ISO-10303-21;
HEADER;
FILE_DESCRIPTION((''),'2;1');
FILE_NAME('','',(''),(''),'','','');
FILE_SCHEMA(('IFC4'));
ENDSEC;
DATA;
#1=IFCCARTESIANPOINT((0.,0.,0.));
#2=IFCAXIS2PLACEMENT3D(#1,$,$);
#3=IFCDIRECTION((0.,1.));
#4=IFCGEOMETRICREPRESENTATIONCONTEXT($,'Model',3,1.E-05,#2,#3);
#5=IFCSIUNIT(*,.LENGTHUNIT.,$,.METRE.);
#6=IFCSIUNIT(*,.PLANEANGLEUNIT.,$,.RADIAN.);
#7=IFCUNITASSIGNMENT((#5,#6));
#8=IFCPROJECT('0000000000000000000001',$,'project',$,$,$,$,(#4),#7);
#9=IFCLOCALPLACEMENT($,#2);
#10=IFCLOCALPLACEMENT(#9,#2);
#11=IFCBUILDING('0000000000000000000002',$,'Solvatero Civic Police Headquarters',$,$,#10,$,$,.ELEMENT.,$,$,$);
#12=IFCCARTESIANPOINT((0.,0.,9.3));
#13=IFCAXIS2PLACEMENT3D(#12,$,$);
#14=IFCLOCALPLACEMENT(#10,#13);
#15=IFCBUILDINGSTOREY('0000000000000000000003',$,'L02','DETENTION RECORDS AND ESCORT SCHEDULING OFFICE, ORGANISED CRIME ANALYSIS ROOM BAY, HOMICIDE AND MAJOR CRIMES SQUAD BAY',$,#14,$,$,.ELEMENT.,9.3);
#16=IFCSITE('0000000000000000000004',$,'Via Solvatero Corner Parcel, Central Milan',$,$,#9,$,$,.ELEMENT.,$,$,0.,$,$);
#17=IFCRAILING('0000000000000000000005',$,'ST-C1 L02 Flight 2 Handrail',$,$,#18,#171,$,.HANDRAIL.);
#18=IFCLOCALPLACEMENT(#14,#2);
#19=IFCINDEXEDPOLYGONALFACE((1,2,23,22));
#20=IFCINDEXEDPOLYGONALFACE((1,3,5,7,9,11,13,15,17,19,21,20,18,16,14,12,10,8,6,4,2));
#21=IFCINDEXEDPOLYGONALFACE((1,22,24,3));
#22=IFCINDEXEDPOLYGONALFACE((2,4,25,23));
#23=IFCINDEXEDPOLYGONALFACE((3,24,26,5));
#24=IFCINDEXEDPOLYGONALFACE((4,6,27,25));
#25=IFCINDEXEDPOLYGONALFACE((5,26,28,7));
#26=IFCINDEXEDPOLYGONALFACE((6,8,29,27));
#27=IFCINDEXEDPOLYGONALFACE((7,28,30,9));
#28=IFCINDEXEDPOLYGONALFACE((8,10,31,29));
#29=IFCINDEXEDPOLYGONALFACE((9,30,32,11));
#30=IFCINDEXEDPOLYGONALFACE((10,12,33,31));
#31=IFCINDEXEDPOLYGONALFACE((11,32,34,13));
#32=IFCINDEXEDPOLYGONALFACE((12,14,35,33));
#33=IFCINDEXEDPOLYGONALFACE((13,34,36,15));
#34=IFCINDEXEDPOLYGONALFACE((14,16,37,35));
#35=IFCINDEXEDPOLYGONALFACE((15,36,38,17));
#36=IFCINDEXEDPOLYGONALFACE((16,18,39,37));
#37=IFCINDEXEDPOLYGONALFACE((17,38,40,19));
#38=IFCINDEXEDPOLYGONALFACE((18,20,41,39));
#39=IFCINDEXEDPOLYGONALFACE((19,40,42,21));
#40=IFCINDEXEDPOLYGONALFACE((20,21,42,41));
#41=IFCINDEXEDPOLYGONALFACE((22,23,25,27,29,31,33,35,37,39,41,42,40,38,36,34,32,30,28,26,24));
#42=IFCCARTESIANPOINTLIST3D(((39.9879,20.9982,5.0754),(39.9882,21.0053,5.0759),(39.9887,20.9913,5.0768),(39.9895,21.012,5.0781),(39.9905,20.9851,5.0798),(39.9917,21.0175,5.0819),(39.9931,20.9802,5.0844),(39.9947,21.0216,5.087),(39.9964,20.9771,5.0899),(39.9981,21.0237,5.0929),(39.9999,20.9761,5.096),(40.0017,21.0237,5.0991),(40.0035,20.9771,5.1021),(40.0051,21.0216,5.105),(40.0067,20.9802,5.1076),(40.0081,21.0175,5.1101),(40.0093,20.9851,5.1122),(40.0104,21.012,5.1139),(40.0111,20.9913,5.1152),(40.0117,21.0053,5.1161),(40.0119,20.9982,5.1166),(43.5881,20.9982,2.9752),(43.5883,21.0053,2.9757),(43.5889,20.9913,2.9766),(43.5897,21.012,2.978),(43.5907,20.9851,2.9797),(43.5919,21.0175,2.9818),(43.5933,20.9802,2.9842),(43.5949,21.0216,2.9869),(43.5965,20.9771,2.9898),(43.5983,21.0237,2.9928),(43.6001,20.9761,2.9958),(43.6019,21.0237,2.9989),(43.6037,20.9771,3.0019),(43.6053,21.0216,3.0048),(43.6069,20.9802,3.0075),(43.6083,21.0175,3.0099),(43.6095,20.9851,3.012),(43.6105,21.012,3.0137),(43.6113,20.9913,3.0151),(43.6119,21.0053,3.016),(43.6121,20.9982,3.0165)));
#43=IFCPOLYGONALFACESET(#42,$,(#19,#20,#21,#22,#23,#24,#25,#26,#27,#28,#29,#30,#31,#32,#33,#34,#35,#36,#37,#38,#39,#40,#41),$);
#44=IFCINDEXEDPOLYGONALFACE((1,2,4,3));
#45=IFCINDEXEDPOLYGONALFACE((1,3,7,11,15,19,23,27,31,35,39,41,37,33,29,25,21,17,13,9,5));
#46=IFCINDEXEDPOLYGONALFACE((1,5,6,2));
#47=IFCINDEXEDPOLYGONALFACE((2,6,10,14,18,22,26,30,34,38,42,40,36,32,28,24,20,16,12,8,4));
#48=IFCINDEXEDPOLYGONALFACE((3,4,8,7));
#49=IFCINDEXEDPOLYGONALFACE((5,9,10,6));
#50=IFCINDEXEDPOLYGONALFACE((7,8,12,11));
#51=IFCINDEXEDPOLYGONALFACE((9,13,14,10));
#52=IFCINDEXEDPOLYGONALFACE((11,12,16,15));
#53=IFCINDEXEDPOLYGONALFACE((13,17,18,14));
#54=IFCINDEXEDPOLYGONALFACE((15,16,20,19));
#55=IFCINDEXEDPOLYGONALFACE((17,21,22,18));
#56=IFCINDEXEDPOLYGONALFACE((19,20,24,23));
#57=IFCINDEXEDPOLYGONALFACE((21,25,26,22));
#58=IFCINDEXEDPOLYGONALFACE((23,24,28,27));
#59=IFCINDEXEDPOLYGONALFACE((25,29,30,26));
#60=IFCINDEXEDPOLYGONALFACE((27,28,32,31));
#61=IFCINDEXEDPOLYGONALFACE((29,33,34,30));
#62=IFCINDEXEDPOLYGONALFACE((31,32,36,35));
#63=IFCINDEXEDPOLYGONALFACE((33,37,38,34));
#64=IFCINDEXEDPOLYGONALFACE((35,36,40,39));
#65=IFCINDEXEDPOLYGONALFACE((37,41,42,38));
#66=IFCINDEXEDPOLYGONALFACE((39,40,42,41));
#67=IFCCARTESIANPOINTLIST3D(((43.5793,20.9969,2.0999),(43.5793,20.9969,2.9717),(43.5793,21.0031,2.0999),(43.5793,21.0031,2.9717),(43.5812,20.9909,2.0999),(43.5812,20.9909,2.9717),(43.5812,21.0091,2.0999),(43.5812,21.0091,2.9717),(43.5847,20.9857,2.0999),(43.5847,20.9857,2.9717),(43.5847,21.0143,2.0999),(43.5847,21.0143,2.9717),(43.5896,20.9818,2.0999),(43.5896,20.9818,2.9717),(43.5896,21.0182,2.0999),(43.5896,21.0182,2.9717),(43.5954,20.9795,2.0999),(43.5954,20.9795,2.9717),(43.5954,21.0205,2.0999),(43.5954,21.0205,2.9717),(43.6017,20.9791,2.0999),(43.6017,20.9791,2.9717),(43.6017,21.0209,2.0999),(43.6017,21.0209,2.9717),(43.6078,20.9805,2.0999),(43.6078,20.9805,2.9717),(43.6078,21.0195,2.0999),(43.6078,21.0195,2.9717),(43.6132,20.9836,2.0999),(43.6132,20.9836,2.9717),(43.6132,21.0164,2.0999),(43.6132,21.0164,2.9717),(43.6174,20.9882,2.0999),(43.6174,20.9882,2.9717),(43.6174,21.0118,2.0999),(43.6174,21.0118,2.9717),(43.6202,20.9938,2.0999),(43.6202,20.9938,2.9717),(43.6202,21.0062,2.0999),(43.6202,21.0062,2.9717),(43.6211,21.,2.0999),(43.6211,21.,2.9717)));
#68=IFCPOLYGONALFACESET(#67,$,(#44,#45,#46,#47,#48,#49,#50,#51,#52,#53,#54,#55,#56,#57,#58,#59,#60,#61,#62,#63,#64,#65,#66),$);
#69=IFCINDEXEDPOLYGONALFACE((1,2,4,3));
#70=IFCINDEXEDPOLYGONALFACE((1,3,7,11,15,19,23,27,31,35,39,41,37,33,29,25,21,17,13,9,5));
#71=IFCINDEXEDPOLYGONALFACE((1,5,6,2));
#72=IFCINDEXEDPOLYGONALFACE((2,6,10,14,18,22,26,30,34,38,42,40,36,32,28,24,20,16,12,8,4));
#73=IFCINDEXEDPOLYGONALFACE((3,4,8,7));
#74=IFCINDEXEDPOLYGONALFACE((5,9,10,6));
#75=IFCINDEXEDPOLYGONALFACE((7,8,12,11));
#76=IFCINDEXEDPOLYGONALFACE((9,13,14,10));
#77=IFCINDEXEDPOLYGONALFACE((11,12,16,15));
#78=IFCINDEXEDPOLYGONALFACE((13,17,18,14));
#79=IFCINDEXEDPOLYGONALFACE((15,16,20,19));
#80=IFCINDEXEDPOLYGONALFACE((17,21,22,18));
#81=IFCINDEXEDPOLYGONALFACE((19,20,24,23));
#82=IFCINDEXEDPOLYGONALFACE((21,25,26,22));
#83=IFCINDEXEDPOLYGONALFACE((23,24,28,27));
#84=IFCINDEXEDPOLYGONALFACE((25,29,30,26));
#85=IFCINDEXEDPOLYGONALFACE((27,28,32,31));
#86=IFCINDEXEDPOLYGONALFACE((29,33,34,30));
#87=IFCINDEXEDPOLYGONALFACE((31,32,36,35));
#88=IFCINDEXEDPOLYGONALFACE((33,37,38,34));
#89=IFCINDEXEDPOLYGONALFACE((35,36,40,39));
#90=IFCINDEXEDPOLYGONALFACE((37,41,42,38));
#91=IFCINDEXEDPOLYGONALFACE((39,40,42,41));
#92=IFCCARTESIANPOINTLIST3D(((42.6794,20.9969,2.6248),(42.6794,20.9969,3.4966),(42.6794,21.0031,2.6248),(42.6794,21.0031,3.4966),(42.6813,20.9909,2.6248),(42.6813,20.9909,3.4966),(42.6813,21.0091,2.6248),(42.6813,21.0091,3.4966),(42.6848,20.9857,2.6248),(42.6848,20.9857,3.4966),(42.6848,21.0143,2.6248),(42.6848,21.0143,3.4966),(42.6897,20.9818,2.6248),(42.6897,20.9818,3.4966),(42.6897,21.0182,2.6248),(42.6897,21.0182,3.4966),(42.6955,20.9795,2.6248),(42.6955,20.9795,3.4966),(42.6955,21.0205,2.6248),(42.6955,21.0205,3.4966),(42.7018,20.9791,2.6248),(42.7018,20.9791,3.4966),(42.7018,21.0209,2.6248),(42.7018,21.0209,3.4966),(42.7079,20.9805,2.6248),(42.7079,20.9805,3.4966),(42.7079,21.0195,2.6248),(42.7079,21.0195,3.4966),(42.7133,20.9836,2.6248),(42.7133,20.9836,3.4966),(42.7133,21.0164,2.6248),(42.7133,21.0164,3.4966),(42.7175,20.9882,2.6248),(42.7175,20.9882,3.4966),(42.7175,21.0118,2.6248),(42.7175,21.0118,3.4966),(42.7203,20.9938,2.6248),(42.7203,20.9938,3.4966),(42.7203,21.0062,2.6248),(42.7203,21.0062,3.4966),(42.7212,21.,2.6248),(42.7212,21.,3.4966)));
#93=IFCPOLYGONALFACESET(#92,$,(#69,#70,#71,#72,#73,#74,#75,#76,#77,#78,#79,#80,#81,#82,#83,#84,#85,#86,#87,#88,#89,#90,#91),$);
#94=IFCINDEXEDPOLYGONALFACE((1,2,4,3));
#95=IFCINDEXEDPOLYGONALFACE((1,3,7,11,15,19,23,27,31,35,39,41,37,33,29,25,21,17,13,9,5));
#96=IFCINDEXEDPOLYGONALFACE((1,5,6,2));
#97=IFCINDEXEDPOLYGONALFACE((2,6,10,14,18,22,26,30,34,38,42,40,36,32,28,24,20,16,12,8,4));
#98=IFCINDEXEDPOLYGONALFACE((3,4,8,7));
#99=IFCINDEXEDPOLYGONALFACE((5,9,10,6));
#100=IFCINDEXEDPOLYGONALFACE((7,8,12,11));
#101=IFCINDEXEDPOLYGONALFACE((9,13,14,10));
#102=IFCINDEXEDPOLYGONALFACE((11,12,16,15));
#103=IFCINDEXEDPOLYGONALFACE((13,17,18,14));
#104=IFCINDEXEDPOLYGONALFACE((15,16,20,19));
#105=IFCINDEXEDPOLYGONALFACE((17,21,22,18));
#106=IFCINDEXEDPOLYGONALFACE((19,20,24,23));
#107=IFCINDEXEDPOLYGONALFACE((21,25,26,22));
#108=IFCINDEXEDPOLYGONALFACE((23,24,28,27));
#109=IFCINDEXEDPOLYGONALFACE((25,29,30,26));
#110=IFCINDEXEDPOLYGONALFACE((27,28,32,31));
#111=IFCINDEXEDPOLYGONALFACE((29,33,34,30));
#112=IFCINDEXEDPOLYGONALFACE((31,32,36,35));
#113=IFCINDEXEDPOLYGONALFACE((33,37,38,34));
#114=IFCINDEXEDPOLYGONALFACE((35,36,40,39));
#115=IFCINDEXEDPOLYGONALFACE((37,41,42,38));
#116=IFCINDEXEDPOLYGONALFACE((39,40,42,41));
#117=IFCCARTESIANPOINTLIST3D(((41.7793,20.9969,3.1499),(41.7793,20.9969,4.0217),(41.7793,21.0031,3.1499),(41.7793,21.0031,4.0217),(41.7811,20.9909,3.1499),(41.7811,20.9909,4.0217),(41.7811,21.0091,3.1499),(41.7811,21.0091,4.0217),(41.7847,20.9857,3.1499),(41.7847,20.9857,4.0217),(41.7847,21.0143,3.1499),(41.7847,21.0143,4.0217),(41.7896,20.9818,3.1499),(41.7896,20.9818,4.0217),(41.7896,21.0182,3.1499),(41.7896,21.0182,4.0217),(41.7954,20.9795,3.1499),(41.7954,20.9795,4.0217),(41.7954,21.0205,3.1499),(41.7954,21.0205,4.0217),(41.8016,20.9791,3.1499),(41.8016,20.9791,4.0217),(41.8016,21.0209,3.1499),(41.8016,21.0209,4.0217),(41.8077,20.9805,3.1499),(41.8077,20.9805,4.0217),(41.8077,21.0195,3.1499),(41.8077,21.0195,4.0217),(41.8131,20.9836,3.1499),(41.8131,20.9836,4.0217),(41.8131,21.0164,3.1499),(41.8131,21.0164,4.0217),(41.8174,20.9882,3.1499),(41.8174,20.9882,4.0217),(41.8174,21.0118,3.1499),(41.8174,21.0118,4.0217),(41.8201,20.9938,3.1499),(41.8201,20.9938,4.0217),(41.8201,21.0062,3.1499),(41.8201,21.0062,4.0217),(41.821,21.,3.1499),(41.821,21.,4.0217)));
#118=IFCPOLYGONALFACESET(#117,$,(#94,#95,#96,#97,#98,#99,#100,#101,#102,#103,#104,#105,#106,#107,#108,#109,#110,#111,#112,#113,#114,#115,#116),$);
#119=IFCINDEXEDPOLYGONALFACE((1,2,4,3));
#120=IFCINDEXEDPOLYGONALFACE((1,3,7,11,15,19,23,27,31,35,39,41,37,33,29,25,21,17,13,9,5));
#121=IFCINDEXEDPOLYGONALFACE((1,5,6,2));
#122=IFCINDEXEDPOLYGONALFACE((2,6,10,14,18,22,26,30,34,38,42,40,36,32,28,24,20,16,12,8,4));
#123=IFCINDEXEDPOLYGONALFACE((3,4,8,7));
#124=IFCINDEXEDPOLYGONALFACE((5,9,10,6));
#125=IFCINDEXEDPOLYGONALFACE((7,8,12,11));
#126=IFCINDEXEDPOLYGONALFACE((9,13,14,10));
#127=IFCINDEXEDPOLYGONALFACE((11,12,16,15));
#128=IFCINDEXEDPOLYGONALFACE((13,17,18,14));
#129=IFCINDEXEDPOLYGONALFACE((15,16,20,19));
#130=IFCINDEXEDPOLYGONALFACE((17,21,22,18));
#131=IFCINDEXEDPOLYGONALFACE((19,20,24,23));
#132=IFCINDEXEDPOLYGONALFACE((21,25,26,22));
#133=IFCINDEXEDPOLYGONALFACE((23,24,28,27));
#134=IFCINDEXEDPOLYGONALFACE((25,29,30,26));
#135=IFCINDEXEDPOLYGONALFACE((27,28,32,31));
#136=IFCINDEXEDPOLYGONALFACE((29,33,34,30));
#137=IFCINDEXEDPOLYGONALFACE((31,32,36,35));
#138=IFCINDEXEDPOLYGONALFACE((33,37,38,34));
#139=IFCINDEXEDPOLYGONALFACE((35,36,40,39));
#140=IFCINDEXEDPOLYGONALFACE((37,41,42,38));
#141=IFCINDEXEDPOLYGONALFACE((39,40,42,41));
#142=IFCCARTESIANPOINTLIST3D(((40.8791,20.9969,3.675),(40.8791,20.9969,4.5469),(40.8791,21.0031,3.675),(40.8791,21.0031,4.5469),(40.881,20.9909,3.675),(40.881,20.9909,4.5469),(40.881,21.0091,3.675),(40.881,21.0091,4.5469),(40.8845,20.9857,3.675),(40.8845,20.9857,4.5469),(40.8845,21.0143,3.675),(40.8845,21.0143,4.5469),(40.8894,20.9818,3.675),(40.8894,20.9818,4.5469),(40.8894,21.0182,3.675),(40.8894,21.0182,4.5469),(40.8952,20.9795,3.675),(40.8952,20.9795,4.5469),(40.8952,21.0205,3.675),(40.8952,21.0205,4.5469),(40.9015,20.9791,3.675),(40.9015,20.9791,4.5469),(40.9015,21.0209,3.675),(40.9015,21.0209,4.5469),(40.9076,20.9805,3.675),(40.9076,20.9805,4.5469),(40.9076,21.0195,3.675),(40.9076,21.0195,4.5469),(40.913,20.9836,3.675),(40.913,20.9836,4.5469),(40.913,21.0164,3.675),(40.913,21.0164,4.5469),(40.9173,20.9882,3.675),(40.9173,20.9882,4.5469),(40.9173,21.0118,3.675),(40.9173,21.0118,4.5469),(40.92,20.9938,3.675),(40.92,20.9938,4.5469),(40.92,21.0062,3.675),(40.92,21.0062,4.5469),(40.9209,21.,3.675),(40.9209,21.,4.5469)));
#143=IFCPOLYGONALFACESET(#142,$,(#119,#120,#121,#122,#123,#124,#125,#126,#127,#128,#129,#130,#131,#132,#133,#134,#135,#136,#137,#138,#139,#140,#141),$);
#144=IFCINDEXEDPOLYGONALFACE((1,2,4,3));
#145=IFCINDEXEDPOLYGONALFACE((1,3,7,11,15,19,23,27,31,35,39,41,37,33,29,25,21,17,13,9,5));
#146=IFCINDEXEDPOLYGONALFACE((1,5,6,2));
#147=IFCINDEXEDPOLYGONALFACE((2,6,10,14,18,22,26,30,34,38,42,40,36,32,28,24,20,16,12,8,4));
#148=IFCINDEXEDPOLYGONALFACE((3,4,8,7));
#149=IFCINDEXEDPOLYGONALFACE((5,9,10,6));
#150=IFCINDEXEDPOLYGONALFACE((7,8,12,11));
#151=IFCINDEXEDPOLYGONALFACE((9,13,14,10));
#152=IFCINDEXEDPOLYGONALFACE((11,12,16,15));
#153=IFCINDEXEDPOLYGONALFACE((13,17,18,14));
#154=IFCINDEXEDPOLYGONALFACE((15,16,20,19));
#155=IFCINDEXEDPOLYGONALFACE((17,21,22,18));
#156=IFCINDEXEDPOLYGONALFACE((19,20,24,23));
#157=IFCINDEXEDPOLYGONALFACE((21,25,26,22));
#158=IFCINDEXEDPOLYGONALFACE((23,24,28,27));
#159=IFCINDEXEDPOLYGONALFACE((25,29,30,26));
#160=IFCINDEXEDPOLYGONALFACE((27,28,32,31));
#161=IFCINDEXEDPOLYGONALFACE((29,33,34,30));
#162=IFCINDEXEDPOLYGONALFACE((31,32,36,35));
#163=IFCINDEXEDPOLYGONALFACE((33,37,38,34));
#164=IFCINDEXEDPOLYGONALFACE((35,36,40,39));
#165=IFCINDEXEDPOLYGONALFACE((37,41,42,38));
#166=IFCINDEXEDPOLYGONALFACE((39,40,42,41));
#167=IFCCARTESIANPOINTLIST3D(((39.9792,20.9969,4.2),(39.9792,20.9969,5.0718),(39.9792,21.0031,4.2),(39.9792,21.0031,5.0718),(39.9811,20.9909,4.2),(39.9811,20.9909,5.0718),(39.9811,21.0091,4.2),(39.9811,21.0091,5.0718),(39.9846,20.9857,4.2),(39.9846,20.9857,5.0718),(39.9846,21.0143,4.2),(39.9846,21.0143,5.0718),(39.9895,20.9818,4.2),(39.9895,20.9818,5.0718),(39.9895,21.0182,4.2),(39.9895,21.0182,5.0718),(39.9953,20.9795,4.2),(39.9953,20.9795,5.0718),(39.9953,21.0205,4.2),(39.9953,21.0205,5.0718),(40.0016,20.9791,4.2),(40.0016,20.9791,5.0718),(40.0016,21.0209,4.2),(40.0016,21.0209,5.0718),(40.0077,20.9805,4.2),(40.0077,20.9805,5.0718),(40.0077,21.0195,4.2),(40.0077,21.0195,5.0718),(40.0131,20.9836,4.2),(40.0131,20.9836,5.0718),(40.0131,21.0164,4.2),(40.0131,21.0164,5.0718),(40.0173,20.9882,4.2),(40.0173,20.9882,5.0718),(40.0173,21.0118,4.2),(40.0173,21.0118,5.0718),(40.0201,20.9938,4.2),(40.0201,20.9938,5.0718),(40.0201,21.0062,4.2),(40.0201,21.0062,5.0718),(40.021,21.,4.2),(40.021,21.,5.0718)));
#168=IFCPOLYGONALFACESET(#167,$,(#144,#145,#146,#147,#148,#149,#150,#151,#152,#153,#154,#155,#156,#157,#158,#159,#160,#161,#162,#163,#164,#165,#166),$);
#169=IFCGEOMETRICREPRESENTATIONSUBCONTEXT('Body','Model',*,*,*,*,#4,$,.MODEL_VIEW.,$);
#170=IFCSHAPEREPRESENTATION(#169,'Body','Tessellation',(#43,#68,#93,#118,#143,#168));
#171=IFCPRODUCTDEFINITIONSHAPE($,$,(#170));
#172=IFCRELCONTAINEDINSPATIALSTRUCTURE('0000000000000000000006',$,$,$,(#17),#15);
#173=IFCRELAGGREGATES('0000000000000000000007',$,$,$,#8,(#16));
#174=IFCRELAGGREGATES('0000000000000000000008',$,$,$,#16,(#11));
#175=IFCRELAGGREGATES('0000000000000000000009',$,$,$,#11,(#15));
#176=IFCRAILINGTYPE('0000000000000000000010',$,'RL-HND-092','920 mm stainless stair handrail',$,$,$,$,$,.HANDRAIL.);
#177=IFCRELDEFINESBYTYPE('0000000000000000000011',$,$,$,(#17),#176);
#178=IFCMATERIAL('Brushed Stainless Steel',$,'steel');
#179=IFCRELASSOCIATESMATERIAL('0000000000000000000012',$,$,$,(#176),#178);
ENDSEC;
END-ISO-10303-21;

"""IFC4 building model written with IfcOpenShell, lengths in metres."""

from ifc_helpers import new_model, si_unit, direction, frame, origin, origin_2d, place, context, subcontext, project, spatial, circle, extrude, material, type_object, element, save


model = new_model("IFC4")

# Units and contexts
model_context = context("Model", 3, precision=1e-05, world=origin(), true_north=direction((0.0, 1.0)))
body_context = subcontext(model_context, "Body", "Model", "MODEL_VIEW")
ifc_project = project(units=[si_unit("LENGTHUNIT", "METRE"), si_unit("PLANEANGLEUNIT", "RADIAN")], contexts=[model_context])

# Site, building, storey
site_placement = place(None, origin())
site = spatial("IfcSite", under=ifc_project, at=site_placement, Name="Via Solvatero Corner Parcel, Central Milan", CompositionType="ELEMENT", RefElevation=0.0)
building_placement = place(site_placement, origin())
building = spatial("IfcBuilding", under=site, at=building_placement, Name="Solvatero Civic Police Headquarters", CompositionType="ELEMENT")
storey_placement = place(building_placement, frame((0.0, 0.0, 9.3)))
storey = spatial("IfcBuildingStorey", under=building, at=storey_placement, Name="L02", Description="DETENTION RECORDS AND ESCORT SCHEDULING OFFICE, ORGANISED CRIME ANALYSIS ROOM BAY, HOMICIDE AND MAJOR CRIMES SQUAD BAY", CompositionType="ELEMENT", Elevation=9.3)

# Railing
ifc_material_1 = material(Name="Brushed Stainless Steel", Category="steel")
railing_type_1 = type_object("IfcRailingType", Name="RL-HND-092", Description="920 mm stainless stair handrail", PredefinedType="HANDRAIL", material=ifc_material_1)
railing_1_placement = place(storey_placement, frame((43.6001, 21.0, 2.0999)))
element("IfcRailing", 1, at=railing_1_placement, inside=storey, type_object=railing_type_1, Name="ST-C1 L02 Flight 2 Handrail", PredefinedType="HANDRAIL", context=body_context, shape_type="SweptSolid", body=[
    extrude(circle(Radius=0.0239, at=origin_2d()), frame((0.0, 0.0, 0.896), z_axis=(-0.863775, 0.0, 0.503878), x_axis=(0.0, -1.0, 0.0)), (0.0, 0.0, 1.0), 4.168),
    extrude(circle(Radius=0.021, at=origin_2d()), origin(), (0.0, 0.0, 1.0), 0.8718),
    extrude(circle(Radius=0.021, at=origin_2d()), frame((-0.8999, 0.0, 0.5249)), (0.0, 0.0, 1.0), 0.8718),
    extrude(circle(Radius=0.021, at=origin_2d()), frame((-1.8, 0.0, 1.05)), (0.0, 0.0, 1.0), 0.8718),
    extrude(circle(Radius=0.021, at=origin_2d()), frame((-2.7002, 0.0, 1.5752)), (0.0, 0.0, 1.0), 0.8718),
    extrude(circle(Radius=0.021, at=origin_2d()), frame((-3.6001, 0.0, 2.1001)), (0.0, 0.0, 1.0), 0.8718),
])

save(model, "model.ifc")
